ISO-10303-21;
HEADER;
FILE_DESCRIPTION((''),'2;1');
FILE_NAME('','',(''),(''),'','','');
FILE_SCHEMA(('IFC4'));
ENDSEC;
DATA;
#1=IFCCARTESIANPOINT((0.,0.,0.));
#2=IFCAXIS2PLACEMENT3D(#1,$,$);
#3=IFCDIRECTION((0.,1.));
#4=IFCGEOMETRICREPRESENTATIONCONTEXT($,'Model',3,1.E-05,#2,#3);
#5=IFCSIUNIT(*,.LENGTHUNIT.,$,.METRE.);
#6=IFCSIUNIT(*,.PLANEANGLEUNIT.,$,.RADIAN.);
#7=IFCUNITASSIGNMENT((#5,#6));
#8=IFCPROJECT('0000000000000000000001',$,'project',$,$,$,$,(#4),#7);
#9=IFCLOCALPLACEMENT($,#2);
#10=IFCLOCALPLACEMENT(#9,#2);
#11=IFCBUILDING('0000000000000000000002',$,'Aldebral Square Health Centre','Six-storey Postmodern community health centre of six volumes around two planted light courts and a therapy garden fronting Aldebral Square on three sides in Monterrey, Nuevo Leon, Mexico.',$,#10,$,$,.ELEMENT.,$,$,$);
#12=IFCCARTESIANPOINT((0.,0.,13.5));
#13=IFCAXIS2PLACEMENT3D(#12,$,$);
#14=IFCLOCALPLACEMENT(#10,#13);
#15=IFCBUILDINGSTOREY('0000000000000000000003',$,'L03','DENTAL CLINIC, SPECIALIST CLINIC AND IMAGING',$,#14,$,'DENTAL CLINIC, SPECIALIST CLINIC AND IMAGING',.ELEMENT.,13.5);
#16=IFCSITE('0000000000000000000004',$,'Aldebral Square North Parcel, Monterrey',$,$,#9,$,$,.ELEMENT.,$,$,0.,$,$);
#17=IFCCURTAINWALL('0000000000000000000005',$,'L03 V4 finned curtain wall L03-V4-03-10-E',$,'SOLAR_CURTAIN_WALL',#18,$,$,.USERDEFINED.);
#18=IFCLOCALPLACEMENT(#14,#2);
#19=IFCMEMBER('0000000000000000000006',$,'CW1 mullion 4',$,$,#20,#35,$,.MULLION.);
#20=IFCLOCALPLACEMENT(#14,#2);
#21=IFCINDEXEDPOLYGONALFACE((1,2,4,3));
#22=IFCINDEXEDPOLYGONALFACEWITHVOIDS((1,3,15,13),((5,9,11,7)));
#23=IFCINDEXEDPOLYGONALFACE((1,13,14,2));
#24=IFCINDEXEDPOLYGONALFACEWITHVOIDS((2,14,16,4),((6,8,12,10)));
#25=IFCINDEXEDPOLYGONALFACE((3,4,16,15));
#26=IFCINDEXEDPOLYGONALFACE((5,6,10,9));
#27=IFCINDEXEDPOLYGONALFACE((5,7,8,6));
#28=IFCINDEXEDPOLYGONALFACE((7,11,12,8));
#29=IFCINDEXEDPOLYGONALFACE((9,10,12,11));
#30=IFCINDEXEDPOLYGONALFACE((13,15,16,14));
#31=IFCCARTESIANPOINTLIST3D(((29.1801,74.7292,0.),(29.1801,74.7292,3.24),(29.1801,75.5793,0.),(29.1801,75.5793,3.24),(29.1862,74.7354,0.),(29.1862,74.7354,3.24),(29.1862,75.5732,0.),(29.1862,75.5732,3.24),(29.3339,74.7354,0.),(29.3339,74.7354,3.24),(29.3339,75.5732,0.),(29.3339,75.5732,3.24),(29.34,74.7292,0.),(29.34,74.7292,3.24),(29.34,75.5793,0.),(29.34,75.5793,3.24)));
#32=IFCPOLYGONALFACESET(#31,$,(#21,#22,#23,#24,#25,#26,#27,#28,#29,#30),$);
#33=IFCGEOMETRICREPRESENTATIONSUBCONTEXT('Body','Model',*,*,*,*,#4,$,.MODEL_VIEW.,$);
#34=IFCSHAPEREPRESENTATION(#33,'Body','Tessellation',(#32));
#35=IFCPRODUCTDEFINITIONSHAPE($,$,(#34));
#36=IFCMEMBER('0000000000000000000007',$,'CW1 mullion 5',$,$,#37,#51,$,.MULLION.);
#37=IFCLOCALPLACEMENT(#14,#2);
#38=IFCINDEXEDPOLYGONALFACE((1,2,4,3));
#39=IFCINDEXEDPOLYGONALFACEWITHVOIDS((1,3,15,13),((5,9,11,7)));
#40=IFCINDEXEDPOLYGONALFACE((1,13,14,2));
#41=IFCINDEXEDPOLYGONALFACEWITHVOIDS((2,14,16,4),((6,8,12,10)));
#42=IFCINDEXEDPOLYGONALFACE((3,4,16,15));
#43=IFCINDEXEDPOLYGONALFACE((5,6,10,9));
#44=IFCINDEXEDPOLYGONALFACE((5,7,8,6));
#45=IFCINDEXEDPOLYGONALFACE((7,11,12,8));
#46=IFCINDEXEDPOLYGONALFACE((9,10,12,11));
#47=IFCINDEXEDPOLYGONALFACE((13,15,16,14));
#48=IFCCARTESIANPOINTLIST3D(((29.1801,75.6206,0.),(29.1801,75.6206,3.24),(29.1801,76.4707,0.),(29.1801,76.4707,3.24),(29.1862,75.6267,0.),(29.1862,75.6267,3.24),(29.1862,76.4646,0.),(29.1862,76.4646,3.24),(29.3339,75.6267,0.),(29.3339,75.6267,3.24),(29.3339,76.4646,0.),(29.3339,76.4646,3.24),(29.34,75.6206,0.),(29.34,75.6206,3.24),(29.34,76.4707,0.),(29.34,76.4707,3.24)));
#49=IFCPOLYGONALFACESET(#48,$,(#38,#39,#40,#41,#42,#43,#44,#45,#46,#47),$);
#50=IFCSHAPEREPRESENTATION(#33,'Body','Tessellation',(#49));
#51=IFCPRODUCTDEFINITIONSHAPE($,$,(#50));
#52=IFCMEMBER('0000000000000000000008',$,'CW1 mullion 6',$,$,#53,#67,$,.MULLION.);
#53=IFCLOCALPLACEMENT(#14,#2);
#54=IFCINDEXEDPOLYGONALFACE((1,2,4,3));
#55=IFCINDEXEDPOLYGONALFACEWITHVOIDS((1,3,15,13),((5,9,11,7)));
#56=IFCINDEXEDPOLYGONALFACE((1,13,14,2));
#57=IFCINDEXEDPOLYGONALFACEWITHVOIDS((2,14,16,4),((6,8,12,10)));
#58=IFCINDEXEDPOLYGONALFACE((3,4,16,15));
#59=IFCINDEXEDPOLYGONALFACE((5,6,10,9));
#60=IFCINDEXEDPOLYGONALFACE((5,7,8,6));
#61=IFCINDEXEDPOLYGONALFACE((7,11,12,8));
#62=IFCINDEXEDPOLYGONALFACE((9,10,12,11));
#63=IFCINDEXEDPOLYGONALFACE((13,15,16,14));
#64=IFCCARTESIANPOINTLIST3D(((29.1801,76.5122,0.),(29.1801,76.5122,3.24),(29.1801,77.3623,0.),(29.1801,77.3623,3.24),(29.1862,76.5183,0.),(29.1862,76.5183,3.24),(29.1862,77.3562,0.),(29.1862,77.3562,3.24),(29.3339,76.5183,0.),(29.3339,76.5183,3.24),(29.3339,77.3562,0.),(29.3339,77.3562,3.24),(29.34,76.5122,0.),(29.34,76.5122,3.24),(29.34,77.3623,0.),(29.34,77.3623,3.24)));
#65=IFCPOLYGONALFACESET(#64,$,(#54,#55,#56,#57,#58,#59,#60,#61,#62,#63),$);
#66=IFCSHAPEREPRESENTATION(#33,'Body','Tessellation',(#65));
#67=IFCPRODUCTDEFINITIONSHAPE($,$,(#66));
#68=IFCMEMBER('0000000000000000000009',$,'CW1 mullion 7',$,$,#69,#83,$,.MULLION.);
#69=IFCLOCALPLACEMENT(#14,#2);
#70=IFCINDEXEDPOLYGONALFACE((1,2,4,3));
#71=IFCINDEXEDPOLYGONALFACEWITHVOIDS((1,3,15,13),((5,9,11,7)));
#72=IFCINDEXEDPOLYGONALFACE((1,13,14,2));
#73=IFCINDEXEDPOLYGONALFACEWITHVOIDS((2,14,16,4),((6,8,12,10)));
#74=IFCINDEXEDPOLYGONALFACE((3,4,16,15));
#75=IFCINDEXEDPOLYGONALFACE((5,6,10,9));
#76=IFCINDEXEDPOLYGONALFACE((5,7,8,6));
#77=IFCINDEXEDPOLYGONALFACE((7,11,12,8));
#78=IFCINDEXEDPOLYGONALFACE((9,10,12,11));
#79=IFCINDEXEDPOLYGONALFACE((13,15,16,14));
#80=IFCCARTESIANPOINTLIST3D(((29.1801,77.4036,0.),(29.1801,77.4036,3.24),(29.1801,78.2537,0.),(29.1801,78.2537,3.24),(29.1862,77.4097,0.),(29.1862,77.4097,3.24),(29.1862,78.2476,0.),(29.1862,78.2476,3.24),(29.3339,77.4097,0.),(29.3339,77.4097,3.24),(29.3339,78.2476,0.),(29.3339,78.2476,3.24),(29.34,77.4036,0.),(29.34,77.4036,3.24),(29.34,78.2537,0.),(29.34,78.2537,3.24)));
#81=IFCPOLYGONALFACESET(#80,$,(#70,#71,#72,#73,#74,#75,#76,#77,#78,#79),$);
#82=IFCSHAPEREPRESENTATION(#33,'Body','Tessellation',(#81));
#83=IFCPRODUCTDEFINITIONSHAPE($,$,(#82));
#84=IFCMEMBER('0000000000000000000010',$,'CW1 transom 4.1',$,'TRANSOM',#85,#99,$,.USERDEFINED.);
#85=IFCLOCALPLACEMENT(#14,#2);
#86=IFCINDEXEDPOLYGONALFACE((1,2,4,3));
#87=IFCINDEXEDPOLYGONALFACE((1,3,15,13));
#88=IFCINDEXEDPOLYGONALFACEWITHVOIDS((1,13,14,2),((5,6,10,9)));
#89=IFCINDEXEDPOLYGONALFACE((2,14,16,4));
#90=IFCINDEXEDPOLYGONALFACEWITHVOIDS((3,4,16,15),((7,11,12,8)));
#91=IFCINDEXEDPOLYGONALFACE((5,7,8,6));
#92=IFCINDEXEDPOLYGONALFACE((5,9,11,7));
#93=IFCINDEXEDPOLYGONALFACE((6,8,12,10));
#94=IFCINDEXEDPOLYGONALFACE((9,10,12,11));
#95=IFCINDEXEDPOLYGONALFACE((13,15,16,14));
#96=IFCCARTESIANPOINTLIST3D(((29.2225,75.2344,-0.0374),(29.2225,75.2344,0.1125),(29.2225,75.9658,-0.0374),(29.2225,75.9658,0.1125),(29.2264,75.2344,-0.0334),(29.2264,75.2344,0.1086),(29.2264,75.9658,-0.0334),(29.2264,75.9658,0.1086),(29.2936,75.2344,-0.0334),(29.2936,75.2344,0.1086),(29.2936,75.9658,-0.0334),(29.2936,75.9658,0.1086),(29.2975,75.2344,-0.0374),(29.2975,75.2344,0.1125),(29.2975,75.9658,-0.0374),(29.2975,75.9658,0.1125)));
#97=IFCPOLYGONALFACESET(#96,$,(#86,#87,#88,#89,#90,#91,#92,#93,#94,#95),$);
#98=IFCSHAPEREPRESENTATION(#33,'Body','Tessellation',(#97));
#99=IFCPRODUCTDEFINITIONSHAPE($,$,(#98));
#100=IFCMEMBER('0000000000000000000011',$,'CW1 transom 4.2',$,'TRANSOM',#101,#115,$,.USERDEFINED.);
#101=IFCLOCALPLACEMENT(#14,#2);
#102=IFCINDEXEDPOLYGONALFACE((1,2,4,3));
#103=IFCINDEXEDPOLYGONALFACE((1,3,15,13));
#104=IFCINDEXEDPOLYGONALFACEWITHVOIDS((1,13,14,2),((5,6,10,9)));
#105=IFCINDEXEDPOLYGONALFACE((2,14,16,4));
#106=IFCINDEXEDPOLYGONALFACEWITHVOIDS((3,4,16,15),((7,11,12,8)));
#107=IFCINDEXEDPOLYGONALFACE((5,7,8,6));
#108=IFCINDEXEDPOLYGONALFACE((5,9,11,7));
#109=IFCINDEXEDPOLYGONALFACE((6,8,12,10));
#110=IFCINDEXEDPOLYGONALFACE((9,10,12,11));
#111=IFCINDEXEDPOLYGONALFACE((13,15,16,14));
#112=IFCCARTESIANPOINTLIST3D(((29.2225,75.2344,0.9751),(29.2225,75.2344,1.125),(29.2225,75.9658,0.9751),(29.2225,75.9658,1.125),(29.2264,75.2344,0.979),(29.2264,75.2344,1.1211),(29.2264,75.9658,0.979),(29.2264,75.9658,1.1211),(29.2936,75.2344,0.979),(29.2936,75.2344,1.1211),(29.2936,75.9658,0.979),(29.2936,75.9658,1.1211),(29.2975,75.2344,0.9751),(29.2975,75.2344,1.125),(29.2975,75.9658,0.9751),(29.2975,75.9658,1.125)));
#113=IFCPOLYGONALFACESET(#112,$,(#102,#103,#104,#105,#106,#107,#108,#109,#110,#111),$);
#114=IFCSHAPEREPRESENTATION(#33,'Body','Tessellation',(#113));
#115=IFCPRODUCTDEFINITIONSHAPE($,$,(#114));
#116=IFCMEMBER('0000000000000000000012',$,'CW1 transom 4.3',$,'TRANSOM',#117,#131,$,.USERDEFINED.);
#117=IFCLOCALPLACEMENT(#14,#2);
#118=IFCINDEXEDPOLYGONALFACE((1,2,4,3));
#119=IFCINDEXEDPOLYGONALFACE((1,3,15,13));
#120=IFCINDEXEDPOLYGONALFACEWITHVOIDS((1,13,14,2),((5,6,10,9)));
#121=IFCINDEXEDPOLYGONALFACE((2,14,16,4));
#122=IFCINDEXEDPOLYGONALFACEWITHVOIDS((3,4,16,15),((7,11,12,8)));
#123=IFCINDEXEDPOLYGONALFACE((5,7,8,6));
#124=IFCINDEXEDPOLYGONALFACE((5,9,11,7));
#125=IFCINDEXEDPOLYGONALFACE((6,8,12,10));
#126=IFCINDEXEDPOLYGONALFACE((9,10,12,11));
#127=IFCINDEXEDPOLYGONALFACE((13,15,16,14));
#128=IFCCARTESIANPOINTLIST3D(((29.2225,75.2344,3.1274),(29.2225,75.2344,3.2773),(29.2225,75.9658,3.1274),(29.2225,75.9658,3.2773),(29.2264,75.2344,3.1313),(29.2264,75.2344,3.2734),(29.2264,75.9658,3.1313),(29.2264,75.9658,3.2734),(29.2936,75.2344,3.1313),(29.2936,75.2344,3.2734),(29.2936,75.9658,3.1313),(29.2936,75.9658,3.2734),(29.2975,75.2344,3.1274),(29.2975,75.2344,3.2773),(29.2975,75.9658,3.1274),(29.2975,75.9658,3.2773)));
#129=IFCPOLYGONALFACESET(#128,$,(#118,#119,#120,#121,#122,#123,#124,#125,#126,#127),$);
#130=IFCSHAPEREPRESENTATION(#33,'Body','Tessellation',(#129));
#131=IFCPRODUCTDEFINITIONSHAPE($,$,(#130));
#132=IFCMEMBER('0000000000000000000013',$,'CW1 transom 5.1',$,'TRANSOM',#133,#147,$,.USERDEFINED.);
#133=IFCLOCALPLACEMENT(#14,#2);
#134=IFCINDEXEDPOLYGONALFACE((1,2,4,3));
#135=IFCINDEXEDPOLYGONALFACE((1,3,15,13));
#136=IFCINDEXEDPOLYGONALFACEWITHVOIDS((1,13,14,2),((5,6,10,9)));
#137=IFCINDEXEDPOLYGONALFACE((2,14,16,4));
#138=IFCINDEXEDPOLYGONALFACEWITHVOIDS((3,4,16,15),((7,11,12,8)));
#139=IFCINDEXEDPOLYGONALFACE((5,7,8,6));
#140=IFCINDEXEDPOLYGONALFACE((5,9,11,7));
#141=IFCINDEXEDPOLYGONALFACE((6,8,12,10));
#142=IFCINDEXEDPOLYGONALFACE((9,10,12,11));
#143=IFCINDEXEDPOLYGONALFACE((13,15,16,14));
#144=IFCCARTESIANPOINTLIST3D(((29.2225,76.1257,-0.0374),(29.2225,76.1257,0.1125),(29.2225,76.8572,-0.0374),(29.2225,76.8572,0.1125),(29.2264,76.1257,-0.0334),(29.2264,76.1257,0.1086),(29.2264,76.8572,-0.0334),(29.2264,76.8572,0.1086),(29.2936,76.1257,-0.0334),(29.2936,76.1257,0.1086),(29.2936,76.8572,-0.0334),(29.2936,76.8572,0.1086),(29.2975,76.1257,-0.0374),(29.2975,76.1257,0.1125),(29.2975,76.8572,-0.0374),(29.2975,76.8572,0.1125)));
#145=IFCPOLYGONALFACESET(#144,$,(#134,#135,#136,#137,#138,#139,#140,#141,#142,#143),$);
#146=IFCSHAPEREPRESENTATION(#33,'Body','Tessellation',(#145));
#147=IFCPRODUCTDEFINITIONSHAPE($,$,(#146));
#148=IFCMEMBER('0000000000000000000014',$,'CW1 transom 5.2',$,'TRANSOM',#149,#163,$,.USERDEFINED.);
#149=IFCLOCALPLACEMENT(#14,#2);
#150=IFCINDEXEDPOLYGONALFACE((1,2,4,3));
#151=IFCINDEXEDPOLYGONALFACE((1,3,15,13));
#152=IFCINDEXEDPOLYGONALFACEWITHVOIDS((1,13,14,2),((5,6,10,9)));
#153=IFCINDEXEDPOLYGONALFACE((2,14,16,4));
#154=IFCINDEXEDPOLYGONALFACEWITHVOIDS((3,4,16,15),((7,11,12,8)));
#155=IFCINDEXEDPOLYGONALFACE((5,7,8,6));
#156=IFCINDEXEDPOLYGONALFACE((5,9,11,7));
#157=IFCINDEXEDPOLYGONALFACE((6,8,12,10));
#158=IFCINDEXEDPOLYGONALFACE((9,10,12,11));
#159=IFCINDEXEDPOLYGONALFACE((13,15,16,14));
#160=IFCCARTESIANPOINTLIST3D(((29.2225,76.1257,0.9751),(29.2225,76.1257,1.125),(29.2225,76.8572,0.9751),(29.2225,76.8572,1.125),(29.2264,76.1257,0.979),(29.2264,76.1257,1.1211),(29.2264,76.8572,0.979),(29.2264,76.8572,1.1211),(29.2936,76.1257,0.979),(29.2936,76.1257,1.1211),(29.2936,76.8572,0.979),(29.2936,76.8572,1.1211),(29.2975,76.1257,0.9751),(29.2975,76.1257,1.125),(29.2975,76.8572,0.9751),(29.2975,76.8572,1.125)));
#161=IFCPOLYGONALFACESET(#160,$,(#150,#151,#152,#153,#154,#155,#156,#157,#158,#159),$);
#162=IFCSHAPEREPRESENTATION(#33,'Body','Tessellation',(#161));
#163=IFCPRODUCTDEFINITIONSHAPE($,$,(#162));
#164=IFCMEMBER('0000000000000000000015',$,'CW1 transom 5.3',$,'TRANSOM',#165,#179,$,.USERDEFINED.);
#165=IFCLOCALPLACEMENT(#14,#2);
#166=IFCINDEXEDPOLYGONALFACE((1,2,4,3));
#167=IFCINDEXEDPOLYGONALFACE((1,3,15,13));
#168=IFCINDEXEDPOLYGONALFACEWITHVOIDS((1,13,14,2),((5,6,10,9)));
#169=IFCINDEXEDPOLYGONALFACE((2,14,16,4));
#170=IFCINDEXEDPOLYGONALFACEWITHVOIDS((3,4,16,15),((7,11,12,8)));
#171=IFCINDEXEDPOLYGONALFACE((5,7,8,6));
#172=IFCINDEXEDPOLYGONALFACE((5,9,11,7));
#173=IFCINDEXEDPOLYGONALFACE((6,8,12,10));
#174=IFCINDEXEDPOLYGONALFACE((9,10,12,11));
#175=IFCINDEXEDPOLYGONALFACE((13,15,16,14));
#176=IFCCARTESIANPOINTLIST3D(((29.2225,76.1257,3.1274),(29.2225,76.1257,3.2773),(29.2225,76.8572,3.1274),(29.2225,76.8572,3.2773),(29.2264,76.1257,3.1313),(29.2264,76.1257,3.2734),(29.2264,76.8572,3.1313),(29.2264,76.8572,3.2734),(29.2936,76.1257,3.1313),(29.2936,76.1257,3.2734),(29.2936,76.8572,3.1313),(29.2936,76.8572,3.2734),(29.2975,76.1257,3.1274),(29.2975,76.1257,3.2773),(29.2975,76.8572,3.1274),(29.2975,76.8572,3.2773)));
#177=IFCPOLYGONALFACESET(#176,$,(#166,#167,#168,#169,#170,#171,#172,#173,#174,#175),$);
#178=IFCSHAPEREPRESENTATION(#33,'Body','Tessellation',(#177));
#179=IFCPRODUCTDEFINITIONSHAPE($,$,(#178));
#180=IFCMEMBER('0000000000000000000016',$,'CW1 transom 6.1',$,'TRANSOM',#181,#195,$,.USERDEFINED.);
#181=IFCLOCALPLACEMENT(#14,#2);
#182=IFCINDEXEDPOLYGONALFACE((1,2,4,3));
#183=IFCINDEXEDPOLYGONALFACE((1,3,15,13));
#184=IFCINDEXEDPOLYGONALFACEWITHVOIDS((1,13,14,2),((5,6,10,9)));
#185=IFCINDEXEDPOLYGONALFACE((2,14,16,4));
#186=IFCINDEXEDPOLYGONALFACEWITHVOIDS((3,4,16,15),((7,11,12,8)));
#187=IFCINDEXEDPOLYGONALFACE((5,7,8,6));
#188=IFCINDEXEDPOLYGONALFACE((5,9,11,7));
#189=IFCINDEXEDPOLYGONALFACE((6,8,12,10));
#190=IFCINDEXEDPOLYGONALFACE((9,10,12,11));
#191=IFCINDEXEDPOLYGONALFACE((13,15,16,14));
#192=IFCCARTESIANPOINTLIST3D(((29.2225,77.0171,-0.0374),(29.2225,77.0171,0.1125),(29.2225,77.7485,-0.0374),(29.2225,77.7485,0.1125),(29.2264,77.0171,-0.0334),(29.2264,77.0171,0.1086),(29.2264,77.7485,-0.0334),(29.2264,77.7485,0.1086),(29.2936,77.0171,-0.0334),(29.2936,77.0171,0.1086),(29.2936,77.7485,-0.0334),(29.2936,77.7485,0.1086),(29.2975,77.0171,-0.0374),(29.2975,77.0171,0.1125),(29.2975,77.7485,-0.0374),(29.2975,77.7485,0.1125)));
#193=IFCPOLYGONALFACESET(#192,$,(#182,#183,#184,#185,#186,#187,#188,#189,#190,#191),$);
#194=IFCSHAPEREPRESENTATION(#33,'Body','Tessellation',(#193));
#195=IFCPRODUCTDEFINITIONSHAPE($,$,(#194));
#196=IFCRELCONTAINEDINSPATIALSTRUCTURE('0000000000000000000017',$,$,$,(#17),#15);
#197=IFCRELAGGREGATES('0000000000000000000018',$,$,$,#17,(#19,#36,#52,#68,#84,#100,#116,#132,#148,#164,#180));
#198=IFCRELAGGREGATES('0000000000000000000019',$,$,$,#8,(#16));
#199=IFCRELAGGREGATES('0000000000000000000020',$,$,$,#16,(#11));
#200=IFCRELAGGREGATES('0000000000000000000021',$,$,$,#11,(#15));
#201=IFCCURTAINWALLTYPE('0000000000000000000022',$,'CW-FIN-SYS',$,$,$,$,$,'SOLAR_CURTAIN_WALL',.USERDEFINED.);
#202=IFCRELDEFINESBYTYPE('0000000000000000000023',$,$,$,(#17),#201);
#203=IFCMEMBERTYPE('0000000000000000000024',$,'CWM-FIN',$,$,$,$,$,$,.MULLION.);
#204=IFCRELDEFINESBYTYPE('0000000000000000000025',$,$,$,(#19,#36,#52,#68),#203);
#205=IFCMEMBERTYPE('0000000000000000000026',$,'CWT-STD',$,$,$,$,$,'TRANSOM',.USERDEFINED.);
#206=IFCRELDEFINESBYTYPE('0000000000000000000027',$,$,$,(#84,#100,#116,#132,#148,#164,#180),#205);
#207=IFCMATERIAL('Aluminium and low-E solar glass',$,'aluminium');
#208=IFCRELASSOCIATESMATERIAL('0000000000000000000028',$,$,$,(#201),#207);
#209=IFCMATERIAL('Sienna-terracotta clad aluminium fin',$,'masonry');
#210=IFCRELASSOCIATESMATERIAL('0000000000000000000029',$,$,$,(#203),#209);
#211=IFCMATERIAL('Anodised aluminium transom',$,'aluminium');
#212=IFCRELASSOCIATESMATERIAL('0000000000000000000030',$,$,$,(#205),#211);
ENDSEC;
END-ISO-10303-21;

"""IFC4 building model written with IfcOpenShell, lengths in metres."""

from ifc_helpers import new_model, si_unit, direction, frame, origin, origin_2d, place, context, subcontext, project, spatial, hollow_rectangle, extrude, material, material_profile, profile_set, type_object, element, aggregate, save


model = new_model("IFC4")

# Units and contexts
model_context = context("Model", 3, precision=1e-05, world=origin(), true_north=direction((0.0, 1.0)))
body_context = subcontext(model_context, "Body", "Model", "MODEL_VIEW")
ifc_project = project(units=[si_unit("LENGTHUNIT", "METRE"), si_unit("PLANEANGLEUNIT", "RADIAN")], contexts=[model_context])

# Site, building, storey
site_placement = place(None, origin())
site = spatial("IfcSite", under=ifc_project, at=site_placement, Name="Aldebral Square North Parcel, Monterrey", CompositionType="ELEMENT", RefElevation=0.0)
building_placement = place(site_placement, origin())
building = spatial("IfcBuilding", under=site, at=building_placement, Name="Aldebral Square Health Centre", Description="Six-storey Postmodern community health centre of six volumes around two planted light courts and a therapy garden fronting Aldebral Square on three sides in Monterrey, Nuevo Leon, Mexico.", CompositionType="ELEMENT")
storey_placement = place(building_placement, frame((0.0, 0.0, 13.5)))
storey = spatial("IfcBuildingStorey", under=building, at=storey_placement, Name="L03", Description="DENTAL CLINIC, SPECIALIST CLINIC AND IMAGING", LongName="DENTAL CLINIC, SPECIALIST CLINIC AND IMAGING", CompositionType="ELEMENT", Elevation=13.5)

# Curtain wall, members
ifc_material_1 = material(Name="Aluminium and low-E solar glass", Category="aluminium")
curtain_wall_type = type_object("IfcCurtainWallType", Name="CW-FIN-SYS", ElementType="SOLAR_CURTAIN_WALL", PredefinedType="USERDEFINED", material=ifc_material_1)
curtain_wall_placement = place(storey_placement, origin())
curtain_wall = element("IfcCurtainWall", 1, at=curtain_wall_placement, inside=storey, type_object=curtain_wall_type, Name="L03 V4 finned curtain wall L03-V4-03-10-E", ObjectType="SOLAR_CURTAIN_WALL", PredefinedType="USERDEFINED")
ifc_material_2 = material(Name="Sienna-terracotta clad aluminium fin", Category="masonry")
ifc_material_profile_1 = material_profile(ifc_material_2, hollow_rectangle(XDim=0.1599, YDim=0.8501, WallThickness=0.0061, at=origin_2d()), Name="FIN 160x850x6")
ifc_profile_set_1 = profile_set([ifc_material_profile_1], Name="Sienna-terracotta clad aluminium fin")
member_type_1 = type_object("IfcMemberType", Name="CWM-FIN", PredefinedType="MULLION", material=ifc_profile_set_1)
member_1_placement = place(storey_placement, frame((29.26, 75.1543, 0.0), z_axis=(0.0, 0.0, 1.0), x_axis=(-1.0, 0.0, 0.0)))
member_1 = element("IfcMember", 2, at=member_1_placement, type_object=member_type_1, Name="CW1 mullion 4", PredefinedType="MULLION", context=body_context, shape_type="SweptSolid", body=[
    extrude(hollow_rectangle(XDim=0.1599, YDim=0.8501, WallThickness=0.0061, at=origin_2d()), origin(), (0.0, 0.0, 1.0), 3.24),
])
member_2_placement = place(storey_placement, frame((29.26, 76.0457, 0.0), z_axis=(0.0, 0.0, 1.0), x_axis=(-1.0, 0.0, 0.0)))
member_2 = element("IfcMember", 3, at=member_2_placement, type_object=member_type_1, Name="CW1 mullion 5", PredefinedType="MULLION", context=body_context, shape_type="SweptSolid", body=[
    extrude(hollow_rectangle(XDim=0.1599, YDim=0.8501, WallThickness=0.0061, at=origin_2d()), origin(), (0.0, 0.0, 1.0), 3.24),
])
member_3_placement = place(storey_placement, frame((29.26, 76.9373, 0.0), z_axis=(0.0, 0.0, 1.0), x_axis=(-1.0, 0.0, 0.0)))
member_3 = element("IfcMember", 4, at=member_3_placement, type_object=member_type_1, Name="CW1 mullion 6", PredefinedType="MULLION", context=body_context, shape_type="SweptSolid", body=[
    extrude(hollow_rectangle(XDim=0.1599, YDim=0.8501, WallThickness=0.0061, at=origin_2d()), origin(), (0.0, 0.0, 1.0), 3.24),
])
member_4_placement = place(storey_placement, frame((29.26, 77.8286, 0.0), z_axis=(0.0, 0.0, 1.0), x_axis=(-1.0, 0.0, 0.0)))
member_4 = element("IfcMember", 5, at=member_4_placement, type_object=member_type_1, Name="CW1 mullion 7", PredefinedType="MULLION", context=body_context, shape_type="SweptSolid", body=[
    extrude(hollow_rectangle(XDim=0.1599, YDim=0.8501, WallThickness=0.0061, at=origin_2d()), origin(), (0.0, 0.0, 1.0), 3.24),
])
ifc_material_3 = material(Name="Anodised aluminium transom", Category="aluminium")
ifc_material_profile_2 = material_profile(ifc_material_3, hollow_rectangle(XDim=0.075, YDim=0.1499, WallThickness=0.0039, at=origin_2d()), Name="CWT 75x150x4")
ifc_profile_set_2 = profile_set([ifc_material_profile_2], Name="Anodised aluminium transom")
member_type_2 = type_object("IfcMemberType", Name="CWT-STD", ElementType="TRANSOM", PredefinedType="USERDEFINED", material=ifc_profile_set_2)
member_5_placement = place(storey_placement, frame((29.26, 75.2344, 0.0376), z_axis=(0.0, 1.0, 0.0), x_axis=(-1.0, 0.0, 0.0)))
member_5 = element("IfcMember", 6, at=member_5_placement, type_object=member_type_2, Name="CW1 transom 4.1", ObjectType="TRANSOM", PredefinedType="USERDEFINED", context=body_context, shape_type="SweptSolid", body=[
    extrude(hollow_rectangle(XDim=0.075, YDim=0.1499, WallThickness=0.0039, at=origin_2d()), origin(), (0.0, 0.0, 1.0), 0.7314),
])
member_6_placement = place(storey_placement, frame((29.26, 75.2344, 1.05), z_axis=(0.0, 1.0, 0.0), x_axis=(-1.0, 0.0, 0.0)))
member_6 = element("IfcMember", 7, at=member_6_placement, type_object=member_type_2, Name="CW1 transom 4.2", ObjectType="TRANSOM", PredefinedType="USERDEFINED", context=body_context, shape_type="SweptSolid", body=[
    extrude(hollow_rectangle(XDim=0.075, YDim=0.1499, WallThickness=0.0039, at=origin_2d()), origin(), (0.0, 0.0, 1.0), 0.7314),
])
member_7_placement = place(storey_placement, frame((29.26, 75.2344, 3.2024), z_axis=(0.0, 1.0, 0.0), x_axis=(-1.0, 0.0, 0.0)))
member_7 = element("IfcMember", 8, at=member_7_placement, type_object=member_type_2, Name="CW1 transom 4.3", ObjectType="TRANSOM", PredefinedType="USERDEFINED", context=body_context, shape_type="SweptSolid", body=[
    extrude(hollow_rectangle(XDim=0.075, YDim=0.1499, WallThickness=0.0039, at=origin_2d()), origin(), (0.0, 0.0, 1.0), 0.7314),
])
member_8_placement = place(storey_placement, frame((29.26, 76.1257, 0.0376), z_axis=(0.0, 1.0, 0.0), x_axis=(-1.0, 0.0, 0.0)))
member_8 = element("IfcMember", 9, at=member_8_placement, type_object=member_type_2, Name="CW1 transom 5.1", ObjectType="TRANSOM", PredefinedType="USERDEFINED", context=body_context, shape_type="SweptSolid", body=[
    extrude(hollow_rectangle(XDim=0.075, YDim=0.1499, WallThickness=0.0039, at=origin_2d()), origin(), (0.0, 0.0, 1.0), 0.7314),
])
member_9_placement = place(storey_placement, frame((29.26, 76.1257, 1.05), z_axis=(0.0, 1.0, 0.0), x_axis=(-1.0, 0.0, 0.0)))
member_9 = element("IfcMember", 10, at=member_9_placement, type_object=member_type_2, Name="CW1 transom 5.2", ObjectType="TRANSOM", PredefinedType="USERDEFINED", context=body_context, shape_type="SweptSolid", body=[
    extrude(hollow_rectangle(XDim=0.075, YDim=0.1499, WallThickness=0.0039, at=origin_2d()), origin(), (0.0, 0.0, 1.0), 0.7314),
])
member_10_placement = place(storey_placement, frame((29.26, 76.1257, 3.2024), z_axis=(0.0, 1.0, 0.0), x_axis=(-1.0, 0.0, 0.0)))
member_10 = element("IfcMember", 11, at=member_10_placement, type_object=member_type_2, Name="CW1 transom 5.3", ObjectType="TRANSOM", PredefinedType="USERDEFINED", context=body_context, shape_type="SweptSolid", body=[
    extrude(hollow_rectangle(XDim=0.075, YDim=0.1499, WallThickness=0.0039, at=origin_2d()), origin(), (0.0, 0.0, 1.0), 0.7314),
])
member_11_placement = place(storey_placement, frame((29.26, 77.0171, 0.0376), z_axis=(0.0, 1.0, 0.0), x_axis=(-1.0, 0.0, 0.0)))
member_11 = element("IfcMember", 12, at=member_11_placement, type_object=member_type_2, Name="CW1 transom 6.1", ObjectType="TRANSOM", PredefinedType="USERDEFINED", context=body_context, shape_type="SweptSolid", body=[
    extrude(hollow_rectangle(XDim=0.075, YDim=0.1499, WallThickness=0.0039, at=origin_2d()), origin(), (0.0, 0.0, 1.0), 0.7314),
])
aggregate(curtain_wall, [member_1, member_2, member_3, member_4, member_5, member_6, member_7, member_8, member_9, member_10, member_11])

save(model, "model.ifc")
